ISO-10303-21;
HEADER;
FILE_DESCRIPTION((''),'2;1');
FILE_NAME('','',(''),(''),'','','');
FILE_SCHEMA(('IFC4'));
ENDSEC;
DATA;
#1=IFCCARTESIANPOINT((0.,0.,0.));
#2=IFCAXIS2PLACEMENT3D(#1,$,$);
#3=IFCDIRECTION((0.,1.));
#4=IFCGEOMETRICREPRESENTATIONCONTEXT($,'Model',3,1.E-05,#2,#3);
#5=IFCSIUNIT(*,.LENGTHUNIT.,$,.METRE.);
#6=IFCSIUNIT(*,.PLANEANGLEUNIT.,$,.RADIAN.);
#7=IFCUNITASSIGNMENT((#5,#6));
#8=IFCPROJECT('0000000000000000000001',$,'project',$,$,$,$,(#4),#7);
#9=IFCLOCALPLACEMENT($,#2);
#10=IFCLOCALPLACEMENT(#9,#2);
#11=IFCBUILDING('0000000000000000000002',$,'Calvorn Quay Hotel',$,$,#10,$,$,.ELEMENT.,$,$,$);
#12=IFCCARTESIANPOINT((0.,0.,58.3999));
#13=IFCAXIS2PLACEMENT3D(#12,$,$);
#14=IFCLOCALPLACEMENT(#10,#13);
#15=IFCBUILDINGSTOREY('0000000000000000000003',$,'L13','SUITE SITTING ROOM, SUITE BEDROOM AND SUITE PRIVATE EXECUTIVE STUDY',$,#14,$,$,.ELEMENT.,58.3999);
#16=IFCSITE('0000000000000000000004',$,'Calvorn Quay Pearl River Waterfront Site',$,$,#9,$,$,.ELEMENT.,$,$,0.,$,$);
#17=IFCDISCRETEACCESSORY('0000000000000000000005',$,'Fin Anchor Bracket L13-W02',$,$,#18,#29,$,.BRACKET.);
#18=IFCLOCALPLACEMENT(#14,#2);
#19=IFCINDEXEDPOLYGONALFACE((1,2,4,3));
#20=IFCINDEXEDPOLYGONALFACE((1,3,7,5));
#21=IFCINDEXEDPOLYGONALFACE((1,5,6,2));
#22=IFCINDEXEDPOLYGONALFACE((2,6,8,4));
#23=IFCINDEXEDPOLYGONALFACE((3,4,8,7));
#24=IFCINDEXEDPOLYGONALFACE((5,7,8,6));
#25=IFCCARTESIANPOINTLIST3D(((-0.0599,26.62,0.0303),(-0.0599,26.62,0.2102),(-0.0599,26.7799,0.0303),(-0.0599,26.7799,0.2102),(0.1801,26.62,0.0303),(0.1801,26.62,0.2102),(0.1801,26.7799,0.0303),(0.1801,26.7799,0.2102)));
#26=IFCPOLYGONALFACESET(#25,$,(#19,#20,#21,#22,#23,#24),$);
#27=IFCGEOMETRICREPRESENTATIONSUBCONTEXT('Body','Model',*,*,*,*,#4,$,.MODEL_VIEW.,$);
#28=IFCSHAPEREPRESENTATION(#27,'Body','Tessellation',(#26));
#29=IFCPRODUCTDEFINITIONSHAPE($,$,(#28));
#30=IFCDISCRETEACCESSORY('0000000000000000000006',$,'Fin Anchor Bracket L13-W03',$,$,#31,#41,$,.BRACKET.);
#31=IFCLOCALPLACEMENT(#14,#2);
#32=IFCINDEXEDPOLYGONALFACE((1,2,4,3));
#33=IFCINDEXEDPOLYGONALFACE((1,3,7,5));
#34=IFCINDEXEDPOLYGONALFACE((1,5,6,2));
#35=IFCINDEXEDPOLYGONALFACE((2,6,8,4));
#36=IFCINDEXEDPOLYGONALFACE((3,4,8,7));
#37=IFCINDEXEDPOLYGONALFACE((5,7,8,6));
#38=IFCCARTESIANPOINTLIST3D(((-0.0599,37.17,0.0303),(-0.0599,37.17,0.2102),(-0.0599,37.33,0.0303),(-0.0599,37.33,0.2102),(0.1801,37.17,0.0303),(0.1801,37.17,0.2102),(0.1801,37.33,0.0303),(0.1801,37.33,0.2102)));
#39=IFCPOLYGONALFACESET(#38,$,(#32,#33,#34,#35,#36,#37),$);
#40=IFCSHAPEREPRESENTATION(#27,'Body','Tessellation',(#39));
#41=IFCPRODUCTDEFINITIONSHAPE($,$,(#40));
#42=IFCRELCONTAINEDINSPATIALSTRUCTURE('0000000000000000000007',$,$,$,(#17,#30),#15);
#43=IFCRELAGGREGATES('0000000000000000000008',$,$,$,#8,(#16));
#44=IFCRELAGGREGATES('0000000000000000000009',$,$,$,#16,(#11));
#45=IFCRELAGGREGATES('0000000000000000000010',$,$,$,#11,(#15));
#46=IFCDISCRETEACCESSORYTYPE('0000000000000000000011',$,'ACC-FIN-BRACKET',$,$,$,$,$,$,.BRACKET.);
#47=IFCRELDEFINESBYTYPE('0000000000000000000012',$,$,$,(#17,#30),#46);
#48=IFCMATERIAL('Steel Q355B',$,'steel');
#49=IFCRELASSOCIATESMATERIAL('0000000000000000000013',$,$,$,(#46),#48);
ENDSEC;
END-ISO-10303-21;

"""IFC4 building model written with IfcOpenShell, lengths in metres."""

from ifc_helpers import new_model, si_unit, direction, frame, origin, origin_2d, place, context, subcontext, project, spatial, rectangle, extrude, material, type_object, element, save


model = new_model("IFC4")

# Units and contexts
model_context = context("Model", 3, precision=1e-05, world=origin(), true_north=direction((0.0, 1.0)))
body_context = subcontext(model_context, "Body", "Model", "MODEL_VIEW")
ifc_project = project(units=[si_unit("LENGTHUNIT", "METRE"), si_unit("PLANEANGLEUNIT", "RADIAN")], contexts=[model_context])

# Site, building, storey
site_placement = place(None, origin())
site = spatial("IfcSite", under=ifc_project, at=site_placement, Name="Calvorn Quay Pearl River Waterfront Site", CompositionType="ELEMENT", RefElevation=0.0)
building_placement = place(site_placement, origin())
building = spatial("IfcBuilding", under=site, at=building_placement, Name="Calvorn Quay Hotel", CompositionType="ELEMENT")
storey_placement = place(building_placement, frame((0.0, 0.0, 58.3999)))
storey = spatial("IfcBuildingStorey", under=building, at=storey_placement, Name="L13", Description="SUITE SITTING ROOM, SUITE BEDROOM AND SUITE PRIVATE EXECUTIVE STUDY", CompositionType="ELEMENT", Elevation=58.3999)

# Discrete accessories
ifc_material_1 = material(Name="Steel Q355B", Category="steel")
discrete_accessory_type = type_object("IfcDiscreteAccessoryType", Name="ACC-FIN-BRACKET", PredefinedType="BRACKET", material=ifc_material_1)
for number, where, z_axis, x_axis, name in (
    (1, (0.0601, 26.7, 0.0303), (0.0, 0.0, 1.0), (1.0, 0.0, 0.0), "Fin Anchor Bracket L13-W02"),
    (2, (0.0601, 37.25, 0.0303), (0.0, 0.0, 1.0), (1.0, 0.0, 0.0), "Fin Anchor Bracket L13-W03"),
):
    element("IfcDiscreteAccessory", number, at=place(storey_placement, frame(where, z_axis=z_axis, x_axis=x_axis)), inside=storey, type_object=discrete_accessory_type, Name=name, PredefinedType="BRACKET", context=body_context, shape_type="SweptSolid", body=[
        extrude(rectangle(XDim=0.24, YDim=0.1599, at=origin_2d()), origin(), (0.0, 0.0, 1.0), 0.1799),
    ])

save(model, "model.ifc")
